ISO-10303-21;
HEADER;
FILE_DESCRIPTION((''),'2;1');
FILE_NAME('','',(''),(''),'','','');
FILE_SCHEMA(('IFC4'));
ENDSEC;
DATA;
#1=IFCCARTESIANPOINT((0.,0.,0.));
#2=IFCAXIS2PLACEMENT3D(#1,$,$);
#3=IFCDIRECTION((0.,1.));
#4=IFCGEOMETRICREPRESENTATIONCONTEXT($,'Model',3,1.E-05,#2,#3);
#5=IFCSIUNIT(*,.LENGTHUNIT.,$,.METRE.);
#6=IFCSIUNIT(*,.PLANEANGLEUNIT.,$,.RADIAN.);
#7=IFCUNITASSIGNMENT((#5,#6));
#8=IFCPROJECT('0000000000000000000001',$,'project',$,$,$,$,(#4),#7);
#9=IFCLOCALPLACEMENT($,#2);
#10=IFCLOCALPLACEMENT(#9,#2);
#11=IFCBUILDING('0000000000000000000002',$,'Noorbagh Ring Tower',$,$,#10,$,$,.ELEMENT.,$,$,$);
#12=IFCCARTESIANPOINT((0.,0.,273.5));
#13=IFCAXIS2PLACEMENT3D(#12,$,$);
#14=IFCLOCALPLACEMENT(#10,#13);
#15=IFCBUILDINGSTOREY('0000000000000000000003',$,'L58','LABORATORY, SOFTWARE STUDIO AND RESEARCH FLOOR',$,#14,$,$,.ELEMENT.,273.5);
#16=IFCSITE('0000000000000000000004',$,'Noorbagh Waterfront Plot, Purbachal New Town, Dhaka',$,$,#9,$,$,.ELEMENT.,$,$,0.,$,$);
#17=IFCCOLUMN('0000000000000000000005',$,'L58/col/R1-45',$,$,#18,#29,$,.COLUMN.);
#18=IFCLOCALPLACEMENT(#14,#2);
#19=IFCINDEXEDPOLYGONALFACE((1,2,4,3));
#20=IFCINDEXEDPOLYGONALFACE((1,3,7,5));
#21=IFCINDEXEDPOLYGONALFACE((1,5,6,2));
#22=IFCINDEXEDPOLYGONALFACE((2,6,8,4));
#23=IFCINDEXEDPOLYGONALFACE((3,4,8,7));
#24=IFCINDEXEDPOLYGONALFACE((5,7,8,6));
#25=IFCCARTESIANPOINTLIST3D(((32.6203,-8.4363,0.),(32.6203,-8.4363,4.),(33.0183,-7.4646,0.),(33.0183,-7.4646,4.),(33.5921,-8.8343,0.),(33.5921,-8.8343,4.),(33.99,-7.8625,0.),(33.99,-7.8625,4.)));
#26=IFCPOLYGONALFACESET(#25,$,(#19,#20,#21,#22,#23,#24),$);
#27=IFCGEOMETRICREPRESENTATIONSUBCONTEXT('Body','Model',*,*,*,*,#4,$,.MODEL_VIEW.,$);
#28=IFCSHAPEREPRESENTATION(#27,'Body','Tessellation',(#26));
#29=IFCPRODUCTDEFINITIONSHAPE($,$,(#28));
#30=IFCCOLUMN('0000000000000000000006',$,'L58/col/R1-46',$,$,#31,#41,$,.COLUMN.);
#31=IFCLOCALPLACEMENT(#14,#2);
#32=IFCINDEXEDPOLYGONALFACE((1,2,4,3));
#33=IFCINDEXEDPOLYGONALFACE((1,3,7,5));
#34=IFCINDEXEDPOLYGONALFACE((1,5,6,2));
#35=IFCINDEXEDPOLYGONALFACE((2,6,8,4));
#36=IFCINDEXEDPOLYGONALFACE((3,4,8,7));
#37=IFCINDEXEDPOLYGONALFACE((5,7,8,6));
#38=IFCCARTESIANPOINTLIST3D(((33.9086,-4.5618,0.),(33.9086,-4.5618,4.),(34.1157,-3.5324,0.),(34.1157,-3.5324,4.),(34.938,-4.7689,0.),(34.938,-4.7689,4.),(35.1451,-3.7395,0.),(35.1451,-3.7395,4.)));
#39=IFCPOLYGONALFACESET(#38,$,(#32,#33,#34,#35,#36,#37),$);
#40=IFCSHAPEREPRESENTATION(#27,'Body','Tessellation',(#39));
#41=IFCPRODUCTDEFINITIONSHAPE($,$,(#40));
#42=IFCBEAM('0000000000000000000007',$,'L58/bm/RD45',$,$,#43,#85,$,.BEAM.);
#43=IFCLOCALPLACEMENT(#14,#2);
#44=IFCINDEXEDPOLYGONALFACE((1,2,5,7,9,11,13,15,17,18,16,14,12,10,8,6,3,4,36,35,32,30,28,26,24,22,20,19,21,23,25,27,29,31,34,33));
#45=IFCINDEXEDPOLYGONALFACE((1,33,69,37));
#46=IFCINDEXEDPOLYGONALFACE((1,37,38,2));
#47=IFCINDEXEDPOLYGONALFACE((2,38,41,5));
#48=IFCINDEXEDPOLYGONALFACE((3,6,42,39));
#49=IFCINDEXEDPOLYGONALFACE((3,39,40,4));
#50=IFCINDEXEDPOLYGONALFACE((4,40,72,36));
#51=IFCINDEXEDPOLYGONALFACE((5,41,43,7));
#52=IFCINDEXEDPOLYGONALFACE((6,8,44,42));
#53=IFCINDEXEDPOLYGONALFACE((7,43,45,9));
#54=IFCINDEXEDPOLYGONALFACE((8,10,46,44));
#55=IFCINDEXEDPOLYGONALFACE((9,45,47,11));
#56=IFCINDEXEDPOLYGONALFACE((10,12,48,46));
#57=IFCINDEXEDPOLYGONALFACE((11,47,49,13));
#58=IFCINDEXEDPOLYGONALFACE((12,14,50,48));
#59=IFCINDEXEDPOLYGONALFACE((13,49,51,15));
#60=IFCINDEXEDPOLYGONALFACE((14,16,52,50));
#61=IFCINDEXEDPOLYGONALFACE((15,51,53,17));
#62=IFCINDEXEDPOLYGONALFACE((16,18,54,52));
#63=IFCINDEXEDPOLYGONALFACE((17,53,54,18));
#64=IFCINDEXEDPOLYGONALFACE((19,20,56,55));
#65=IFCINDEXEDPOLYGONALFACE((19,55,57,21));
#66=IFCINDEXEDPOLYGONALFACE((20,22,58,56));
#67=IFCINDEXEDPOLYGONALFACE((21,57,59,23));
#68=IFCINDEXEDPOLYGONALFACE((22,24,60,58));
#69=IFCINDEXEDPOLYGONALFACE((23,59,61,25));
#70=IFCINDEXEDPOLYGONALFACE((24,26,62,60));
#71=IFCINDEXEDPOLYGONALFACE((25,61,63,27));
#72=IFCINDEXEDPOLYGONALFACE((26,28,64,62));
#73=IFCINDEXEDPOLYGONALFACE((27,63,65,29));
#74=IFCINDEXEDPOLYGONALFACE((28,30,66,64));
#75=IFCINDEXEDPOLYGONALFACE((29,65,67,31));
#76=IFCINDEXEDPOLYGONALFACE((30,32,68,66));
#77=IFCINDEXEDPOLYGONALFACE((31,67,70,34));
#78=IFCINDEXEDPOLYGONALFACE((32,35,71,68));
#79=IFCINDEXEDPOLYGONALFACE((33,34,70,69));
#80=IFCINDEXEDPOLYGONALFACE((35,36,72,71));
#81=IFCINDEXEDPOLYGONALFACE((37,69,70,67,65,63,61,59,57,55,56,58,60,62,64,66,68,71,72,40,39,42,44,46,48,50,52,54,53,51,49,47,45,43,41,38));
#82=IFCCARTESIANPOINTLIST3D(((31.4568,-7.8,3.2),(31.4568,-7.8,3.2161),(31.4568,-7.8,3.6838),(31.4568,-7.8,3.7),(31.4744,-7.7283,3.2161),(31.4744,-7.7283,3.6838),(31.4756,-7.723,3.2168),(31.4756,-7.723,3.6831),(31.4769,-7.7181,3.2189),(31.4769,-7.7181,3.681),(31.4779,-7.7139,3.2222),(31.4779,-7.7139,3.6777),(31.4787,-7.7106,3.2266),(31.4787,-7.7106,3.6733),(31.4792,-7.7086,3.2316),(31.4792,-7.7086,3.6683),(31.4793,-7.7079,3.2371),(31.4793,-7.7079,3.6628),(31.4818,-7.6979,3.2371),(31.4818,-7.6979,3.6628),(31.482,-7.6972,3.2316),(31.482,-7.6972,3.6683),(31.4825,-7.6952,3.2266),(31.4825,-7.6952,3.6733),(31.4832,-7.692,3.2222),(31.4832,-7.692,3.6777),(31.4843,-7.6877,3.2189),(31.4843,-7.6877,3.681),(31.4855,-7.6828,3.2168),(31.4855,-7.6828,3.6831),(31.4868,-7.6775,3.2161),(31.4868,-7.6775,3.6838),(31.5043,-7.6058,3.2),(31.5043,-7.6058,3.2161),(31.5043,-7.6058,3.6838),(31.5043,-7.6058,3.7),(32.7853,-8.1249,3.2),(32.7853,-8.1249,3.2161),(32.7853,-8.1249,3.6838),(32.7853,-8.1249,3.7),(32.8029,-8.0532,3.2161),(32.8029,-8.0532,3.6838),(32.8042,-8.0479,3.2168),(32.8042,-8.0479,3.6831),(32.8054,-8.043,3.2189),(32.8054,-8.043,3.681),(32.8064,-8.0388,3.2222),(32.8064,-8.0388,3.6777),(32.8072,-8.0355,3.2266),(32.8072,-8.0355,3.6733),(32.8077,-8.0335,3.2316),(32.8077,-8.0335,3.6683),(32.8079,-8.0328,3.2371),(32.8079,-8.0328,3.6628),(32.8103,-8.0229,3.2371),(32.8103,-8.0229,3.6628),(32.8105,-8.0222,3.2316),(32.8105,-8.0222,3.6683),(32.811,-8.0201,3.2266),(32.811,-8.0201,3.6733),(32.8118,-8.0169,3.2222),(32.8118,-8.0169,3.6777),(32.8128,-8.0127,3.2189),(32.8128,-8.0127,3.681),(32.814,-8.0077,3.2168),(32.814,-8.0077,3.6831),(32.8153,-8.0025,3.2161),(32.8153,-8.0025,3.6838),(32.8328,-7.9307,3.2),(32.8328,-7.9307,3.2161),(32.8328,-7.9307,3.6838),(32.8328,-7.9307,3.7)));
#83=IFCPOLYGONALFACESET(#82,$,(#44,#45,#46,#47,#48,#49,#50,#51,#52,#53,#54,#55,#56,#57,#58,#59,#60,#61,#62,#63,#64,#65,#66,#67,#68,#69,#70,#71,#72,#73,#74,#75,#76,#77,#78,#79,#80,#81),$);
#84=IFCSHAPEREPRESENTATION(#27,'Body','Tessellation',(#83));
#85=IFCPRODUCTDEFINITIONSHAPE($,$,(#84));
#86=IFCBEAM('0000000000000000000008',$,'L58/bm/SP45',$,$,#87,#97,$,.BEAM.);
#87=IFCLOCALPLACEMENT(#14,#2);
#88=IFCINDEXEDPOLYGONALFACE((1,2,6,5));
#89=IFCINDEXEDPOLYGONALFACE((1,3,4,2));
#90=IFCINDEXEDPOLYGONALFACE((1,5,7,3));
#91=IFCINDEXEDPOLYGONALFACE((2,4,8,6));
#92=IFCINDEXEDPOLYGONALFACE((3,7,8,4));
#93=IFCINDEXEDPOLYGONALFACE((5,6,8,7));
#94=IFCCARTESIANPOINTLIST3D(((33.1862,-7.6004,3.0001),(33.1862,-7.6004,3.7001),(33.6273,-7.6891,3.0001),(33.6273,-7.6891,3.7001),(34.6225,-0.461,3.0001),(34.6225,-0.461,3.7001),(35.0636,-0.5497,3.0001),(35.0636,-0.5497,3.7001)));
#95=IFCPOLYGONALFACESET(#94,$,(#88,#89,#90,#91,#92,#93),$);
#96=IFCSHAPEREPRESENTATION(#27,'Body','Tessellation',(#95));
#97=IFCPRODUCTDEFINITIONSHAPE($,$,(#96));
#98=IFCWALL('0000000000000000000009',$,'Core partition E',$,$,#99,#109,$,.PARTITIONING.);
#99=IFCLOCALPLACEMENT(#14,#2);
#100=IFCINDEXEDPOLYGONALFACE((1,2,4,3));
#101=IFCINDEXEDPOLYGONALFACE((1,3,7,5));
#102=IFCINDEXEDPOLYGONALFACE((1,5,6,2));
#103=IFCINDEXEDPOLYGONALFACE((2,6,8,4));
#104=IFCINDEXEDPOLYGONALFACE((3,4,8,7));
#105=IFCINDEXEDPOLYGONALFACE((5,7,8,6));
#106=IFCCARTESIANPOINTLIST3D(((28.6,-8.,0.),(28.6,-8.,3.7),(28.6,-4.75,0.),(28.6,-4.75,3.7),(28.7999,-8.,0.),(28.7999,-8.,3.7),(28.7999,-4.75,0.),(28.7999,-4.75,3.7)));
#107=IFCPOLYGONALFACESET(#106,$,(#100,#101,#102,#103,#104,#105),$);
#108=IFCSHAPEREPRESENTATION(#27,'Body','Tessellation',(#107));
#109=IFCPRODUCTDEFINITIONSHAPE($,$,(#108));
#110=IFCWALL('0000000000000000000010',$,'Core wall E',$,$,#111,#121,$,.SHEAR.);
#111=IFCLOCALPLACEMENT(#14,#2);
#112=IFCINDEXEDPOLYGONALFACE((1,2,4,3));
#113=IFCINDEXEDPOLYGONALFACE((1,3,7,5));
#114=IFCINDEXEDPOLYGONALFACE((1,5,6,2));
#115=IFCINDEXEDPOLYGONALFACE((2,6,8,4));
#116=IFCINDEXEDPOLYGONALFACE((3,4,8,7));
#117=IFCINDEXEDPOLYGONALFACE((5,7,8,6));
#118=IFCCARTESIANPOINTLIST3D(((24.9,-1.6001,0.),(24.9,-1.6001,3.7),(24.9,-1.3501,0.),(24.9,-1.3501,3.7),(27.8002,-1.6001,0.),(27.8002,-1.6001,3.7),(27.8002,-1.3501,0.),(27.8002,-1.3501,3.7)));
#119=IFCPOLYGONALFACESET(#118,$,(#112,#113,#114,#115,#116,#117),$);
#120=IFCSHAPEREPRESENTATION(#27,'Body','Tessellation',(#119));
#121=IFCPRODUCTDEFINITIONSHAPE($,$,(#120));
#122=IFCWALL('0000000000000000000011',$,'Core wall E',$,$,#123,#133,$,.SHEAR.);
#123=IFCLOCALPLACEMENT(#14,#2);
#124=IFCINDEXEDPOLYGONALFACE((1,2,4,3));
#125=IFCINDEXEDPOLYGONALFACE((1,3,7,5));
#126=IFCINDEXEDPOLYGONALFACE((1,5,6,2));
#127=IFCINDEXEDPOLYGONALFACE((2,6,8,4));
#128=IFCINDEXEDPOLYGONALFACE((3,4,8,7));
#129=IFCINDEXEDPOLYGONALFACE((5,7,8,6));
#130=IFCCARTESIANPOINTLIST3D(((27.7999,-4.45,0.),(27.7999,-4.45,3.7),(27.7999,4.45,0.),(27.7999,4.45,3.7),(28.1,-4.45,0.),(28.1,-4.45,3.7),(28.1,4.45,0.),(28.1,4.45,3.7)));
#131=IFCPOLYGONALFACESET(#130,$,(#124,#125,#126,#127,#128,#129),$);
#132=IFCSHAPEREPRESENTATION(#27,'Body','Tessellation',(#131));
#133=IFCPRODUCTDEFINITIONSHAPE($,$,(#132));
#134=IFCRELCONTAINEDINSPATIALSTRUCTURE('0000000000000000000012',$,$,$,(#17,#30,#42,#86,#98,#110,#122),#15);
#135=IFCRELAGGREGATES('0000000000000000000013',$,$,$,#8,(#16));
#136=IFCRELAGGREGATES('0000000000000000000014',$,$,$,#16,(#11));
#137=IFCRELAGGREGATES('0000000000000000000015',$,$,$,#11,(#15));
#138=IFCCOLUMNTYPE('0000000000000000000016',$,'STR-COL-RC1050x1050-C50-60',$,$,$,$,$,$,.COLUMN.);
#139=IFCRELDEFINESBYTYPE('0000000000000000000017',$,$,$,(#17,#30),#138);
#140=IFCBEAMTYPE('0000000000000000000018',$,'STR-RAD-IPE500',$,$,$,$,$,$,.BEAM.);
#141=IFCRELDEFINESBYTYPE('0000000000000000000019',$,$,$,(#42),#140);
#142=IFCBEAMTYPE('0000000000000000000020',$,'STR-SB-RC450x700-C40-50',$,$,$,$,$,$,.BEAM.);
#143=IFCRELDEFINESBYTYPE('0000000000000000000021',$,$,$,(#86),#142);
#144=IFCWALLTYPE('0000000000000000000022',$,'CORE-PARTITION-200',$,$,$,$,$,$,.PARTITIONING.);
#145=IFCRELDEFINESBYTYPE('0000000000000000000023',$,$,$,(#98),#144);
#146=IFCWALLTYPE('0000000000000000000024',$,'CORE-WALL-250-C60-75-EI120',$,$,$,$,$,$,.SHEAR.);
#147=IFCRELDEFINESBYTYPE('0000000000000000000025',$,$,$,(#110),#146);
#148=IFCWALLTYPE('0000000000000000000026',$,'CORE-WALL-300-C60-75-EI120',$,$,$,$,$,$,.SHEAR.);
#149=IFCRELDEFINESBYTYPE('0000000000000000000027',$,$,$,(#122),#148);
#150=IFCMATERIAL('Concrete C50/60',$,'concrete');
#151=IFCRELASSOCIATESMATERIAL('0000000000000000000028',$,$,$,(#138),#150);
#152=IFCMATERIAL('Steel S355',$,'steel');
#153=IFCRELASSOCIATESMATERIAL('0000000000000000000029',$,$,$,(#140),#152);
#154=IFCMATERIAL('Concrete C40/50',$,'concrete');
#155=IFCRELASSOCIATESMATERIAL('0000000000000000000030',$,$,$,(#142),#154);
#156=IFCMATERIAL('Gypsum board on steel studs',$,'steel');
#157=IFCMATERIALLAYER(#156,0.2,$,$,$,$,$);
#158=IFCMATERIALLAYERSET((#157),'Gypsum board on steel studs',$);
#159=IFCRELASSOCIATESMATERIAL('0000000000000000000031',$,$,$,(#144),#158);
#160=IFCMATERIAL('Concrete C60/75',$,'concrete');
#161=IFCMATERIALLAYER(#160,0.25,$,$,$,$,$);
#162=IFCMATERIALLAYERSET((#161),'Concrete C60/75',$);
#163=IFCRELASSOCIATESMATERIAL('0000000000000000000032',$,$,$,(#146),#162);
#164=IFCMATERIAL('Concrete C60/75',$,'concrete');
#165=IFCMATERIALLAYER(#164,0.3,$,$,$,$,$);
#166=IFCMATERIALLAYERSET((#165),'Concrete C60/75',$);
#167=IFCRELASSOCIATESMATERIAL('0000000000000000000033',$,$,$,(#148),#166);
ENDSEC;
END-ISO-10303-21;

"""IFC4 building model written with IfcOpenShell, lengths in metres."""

from ifc_helpers import new_model, si_unit, direction, frame, frame_2d, origin, origin_2d, place, context, subcontext, project, spatial, rectangle, i_section, extrude, material, layer, layer_set, material_profile, profile_set, type_object, element, save


model = new_model("IFC4")

# Units and contexts
model_context = context("Model", 3, precision=1e-05, world=origin(), true_north=direction((0.0, 1.0)))
body_context = subcontext(model_context, "Body", "Model", "MODEL_VIEW")
ifc_project = project(units=[si_unit("LENGTHUNIT", "METRE"), si_unit("PLANEANGLEUNIT", "RADIAN")], contexts=[model_context])

# Site, building, storey
site_placement = place(None, origin())
site = spatial("IfcSite", under=ifc_project, at=site_placement, Name="Noorbagh Waterfront Plot, Purbachal New Town, Dhaka", CompositionType="ELEMENT", RefElevation=0.0)
building_placement = place(site_placement, origin())
building = spatial("IfcBuilding", under=site, at=building_placement, Name="Noorbagh Ring Tower", CompositionType="ELEMENT")
storey_placement = place(building_placement, frame((0.0, 0.0, 273.5)))
storey = spatial("IfcBuildingStorey", under=building, at=storey_placement, Name="L58", Description="LABORATORY, SOFTWARE STUDIO AND RESEARCH FLOOR", CompositionType="ELEMENT", Elevation=273.5)

# Columns
ifc_material_1 = material(Name="Concrete C50/60", Category="concrete")
ifc_material_profile_1 = material_profile(ifc_material_1, rectangle(XDim=1.05, YDim=1.05, at=origin_2d()), Name="RC1050x1050")
ifc_profile_set_1 = profile_set([ifc_material_profile_1], Name="Concrete C50/60")
column_type = type_object("IfcColumnType", Name="STR-COL-RC1050x1050-C50-60", PredefinedType="COLUMN", material=ifc_profile_set_1)
for number, where, z_axis, x_axis, name in (
    (1, (33.3052, -8.1494, 0.0), (0.0, 0.0, 1.0), (0.378989, 0.925401, 0.0), "L58/col/R1-45"),
    (2, (34.5269, -4.1506, 0.0), (0.0, 0.0, 1.0), (0.19723, 0.980357, 0.0), "L58/col/R1-46"),
):
    element("IfcColumn", number, at=place(storey_placement, frame(where, z_axis=z_axis, x_axis=x_axis)), inside=storey, type_object=column_type, Name=name, PredefinedType="COLUMN", context=body_context, shape_type="SweptSolid", body=[
        extrude(rectangle(XDim=1.05, YDim=1.05, at=origin_2d()), origin(), (0.0, 0.0, 1.0), 4.0),
    ])

# Beams
ifc_material_2 = material(Name="Steel S355", Category="steel")
ifc_material_profile_2 = material_profile(ifc_material_2, i_section(OverallWidth=0.2, OverallDepth=0.5, WebThickness=0.0103, FlangeThickness=0.0161, FilletRadius=0.021, at=origin_2d()), Name="IPE500")
ifc_profile_set_2 = profile_set([ifc_material_profile_2], Name="Steel S355")
beam_type_1 = type_object("IfcBeamType", Name="STR-RAD-IPE500", PredefinedType="BEAM", material=ifc_profile_set_2)
beam_1_placement = place(storey_placement, frame((32.8091, -8.0278, 3.45), z_axis=(-0.971369, 0.237577, 0.0), x_axis=(-0.237577, -0.971369, 0.0)))
element("IfcBeam", 3, at=beam_1_placement, inside=storey, type_object=beam_type_1, Name="L58/bm/RD45", PredefinedType="BEAM", context=body_context, shape_type="SweptSolid", body=[
    extrude(i_section(OverallWidth=0.2, OverallDepth=0.5, WebThickness=0.0103, FlangeThickness=0.0161, FilletRadius=0.021, at=origin_2d()), origin(), (0.0, 0.0, 1.0), 1.3677),
])
ifc_material_3 = material(Name="Concrete C40/50", Category="concrete")
ifc_material_profile_3 = material_profile(ifc_material_3, rectangle(XDim=0.45, YDim=0.7, at=origin_2d()), Name="RC450x700")
ifc_profile_set_3 = profile_set([ifc_material_profile_3], Name="Concrete C40/50")
beam_type_2 = type_object("IfcBeamType", Name="STR-SB-RC450x700-C40-50", PredefinedType="BEAM", material=ifc_profile_set_3)
beam_2_placement = place(storey_placement, frame((33.4067, -7.6448, 3.3501), z_axis=(0.197225, 0.980358, 0.0), x_axis=(-0.980358, 0.197225, 0.0)))
element("IfcBeam", 4, at=beam_2_placement, inside=storey, type_object=beam_type_2, Name="L58/bm/SP45", PredefinedType="BEAM", context=body_context, shape_type="SweptSolid", body=[
    extrude(rectangle(XDim=0.45, YDim=0.7, at=origin_2d()), origin(), (0.0, 0.0, 1.0), 7.2825),
])

# Walls
ifc_material_4 = material(Name="Gypsum board on steel studs", Category="steel")
ifc_layer_1 = layer(ifc_material_4, 0.2)
ifc_layer_set_1 = layer_set([ifc_layer_1], Name="Gypsum board on steel studs")
wall_type_1 = type_object("IfcWallType", Name="CORE-PARTITION-200", PredefinedType="PARTITIONING", material=ifc_layer_set_1)
wall_1_placement = place(storey_placement, frame((28.7, -8.0, 0.0), z_axis=(0.0, 0.0, 1.0), x_axis=(0.0, 1.0, 0.0)))
element("IfcWall", 5, at=wall_1_placement, inside=storey, type_object=wall_type_1, Name="Core partition E", PredefinedType="PARTITIONING", context=body_context, shape_type="SweptSolid", body=[
    extrude(rectangle(XDim=3.25, YDim=0.2, at=frame_2d((1.625, 0.0))), origin(), (0.0, 0.0, 1.0), 3.7),
])
ifc_material_5 = material(Name="Concrete C60/75", Category="concrete")
ifc_layer_2 = layer(ifc_material_5, 0.25)
ifc_layer_set_2 = layer_set([ifc_layer_2], Name="Concrete C60/75")
wall_type_2 = type_object("IfcWallType", Name="CORE-WALL-250-C60-75-EI120", PredefinedType="SHEAR", material=ifc_layer_set_2)
wall_2_placement = place(storey_placement, frame((24.8999, -1.4751, 0.0), z_axis=(0.0, 0.0, 1.0), x_axis=(1.0, 0.0, 0.0)))
element("IfcWall", 6, at=wall_2_placement, inside=storey, type_object=wall_type_2, Name="Core wall E", PredefinedType="SHEAR", context=body_context, shape_type="SweptSolid", body=[
    extrude(rectangle(XDim=2.9001, YDim=0.25, at=frame_2d((1.4502, 0.0))), origin(), (0.0, 0.0, 1.0), 3.7),
])
ifc_material_6 = material(Name="Concrete C60/75", Category="concrete")
ifc_layer_3 = layer(ifc_material_6, 0.3)
ifc_layer_set_3 = layer_set([ifc_layer_3], Name="Concrete C60/75")
wall_type_3 = type_object("IfcWallType", Name="CORE-WALL-300-C60-75-EI120", PredefinedType="SHEAR", material=ifc_layer_set_3)
wall_3_placement = place(storey_placement, frame((27.95, -4.45, 0.0), z_axis=(0.0, 0.0, 1.0), x_axis=(0.0, 1.0, 0.0)))
element("IfcWall", 7, at=wall_3_placement, inside=storey, type_object=wall_type_3, Name="Core wall E", PredefinedType="SHEAR", context=body_context, shape_type="SweptSolid", body=[
    extrude(rectangle(XDim=8.8999, YDim=0.3, at=frame_2d((4.45, 0.0))), origin(), (0.0, 0.0, 1.0), 3.7),
])

save(model, "model.ifc")
